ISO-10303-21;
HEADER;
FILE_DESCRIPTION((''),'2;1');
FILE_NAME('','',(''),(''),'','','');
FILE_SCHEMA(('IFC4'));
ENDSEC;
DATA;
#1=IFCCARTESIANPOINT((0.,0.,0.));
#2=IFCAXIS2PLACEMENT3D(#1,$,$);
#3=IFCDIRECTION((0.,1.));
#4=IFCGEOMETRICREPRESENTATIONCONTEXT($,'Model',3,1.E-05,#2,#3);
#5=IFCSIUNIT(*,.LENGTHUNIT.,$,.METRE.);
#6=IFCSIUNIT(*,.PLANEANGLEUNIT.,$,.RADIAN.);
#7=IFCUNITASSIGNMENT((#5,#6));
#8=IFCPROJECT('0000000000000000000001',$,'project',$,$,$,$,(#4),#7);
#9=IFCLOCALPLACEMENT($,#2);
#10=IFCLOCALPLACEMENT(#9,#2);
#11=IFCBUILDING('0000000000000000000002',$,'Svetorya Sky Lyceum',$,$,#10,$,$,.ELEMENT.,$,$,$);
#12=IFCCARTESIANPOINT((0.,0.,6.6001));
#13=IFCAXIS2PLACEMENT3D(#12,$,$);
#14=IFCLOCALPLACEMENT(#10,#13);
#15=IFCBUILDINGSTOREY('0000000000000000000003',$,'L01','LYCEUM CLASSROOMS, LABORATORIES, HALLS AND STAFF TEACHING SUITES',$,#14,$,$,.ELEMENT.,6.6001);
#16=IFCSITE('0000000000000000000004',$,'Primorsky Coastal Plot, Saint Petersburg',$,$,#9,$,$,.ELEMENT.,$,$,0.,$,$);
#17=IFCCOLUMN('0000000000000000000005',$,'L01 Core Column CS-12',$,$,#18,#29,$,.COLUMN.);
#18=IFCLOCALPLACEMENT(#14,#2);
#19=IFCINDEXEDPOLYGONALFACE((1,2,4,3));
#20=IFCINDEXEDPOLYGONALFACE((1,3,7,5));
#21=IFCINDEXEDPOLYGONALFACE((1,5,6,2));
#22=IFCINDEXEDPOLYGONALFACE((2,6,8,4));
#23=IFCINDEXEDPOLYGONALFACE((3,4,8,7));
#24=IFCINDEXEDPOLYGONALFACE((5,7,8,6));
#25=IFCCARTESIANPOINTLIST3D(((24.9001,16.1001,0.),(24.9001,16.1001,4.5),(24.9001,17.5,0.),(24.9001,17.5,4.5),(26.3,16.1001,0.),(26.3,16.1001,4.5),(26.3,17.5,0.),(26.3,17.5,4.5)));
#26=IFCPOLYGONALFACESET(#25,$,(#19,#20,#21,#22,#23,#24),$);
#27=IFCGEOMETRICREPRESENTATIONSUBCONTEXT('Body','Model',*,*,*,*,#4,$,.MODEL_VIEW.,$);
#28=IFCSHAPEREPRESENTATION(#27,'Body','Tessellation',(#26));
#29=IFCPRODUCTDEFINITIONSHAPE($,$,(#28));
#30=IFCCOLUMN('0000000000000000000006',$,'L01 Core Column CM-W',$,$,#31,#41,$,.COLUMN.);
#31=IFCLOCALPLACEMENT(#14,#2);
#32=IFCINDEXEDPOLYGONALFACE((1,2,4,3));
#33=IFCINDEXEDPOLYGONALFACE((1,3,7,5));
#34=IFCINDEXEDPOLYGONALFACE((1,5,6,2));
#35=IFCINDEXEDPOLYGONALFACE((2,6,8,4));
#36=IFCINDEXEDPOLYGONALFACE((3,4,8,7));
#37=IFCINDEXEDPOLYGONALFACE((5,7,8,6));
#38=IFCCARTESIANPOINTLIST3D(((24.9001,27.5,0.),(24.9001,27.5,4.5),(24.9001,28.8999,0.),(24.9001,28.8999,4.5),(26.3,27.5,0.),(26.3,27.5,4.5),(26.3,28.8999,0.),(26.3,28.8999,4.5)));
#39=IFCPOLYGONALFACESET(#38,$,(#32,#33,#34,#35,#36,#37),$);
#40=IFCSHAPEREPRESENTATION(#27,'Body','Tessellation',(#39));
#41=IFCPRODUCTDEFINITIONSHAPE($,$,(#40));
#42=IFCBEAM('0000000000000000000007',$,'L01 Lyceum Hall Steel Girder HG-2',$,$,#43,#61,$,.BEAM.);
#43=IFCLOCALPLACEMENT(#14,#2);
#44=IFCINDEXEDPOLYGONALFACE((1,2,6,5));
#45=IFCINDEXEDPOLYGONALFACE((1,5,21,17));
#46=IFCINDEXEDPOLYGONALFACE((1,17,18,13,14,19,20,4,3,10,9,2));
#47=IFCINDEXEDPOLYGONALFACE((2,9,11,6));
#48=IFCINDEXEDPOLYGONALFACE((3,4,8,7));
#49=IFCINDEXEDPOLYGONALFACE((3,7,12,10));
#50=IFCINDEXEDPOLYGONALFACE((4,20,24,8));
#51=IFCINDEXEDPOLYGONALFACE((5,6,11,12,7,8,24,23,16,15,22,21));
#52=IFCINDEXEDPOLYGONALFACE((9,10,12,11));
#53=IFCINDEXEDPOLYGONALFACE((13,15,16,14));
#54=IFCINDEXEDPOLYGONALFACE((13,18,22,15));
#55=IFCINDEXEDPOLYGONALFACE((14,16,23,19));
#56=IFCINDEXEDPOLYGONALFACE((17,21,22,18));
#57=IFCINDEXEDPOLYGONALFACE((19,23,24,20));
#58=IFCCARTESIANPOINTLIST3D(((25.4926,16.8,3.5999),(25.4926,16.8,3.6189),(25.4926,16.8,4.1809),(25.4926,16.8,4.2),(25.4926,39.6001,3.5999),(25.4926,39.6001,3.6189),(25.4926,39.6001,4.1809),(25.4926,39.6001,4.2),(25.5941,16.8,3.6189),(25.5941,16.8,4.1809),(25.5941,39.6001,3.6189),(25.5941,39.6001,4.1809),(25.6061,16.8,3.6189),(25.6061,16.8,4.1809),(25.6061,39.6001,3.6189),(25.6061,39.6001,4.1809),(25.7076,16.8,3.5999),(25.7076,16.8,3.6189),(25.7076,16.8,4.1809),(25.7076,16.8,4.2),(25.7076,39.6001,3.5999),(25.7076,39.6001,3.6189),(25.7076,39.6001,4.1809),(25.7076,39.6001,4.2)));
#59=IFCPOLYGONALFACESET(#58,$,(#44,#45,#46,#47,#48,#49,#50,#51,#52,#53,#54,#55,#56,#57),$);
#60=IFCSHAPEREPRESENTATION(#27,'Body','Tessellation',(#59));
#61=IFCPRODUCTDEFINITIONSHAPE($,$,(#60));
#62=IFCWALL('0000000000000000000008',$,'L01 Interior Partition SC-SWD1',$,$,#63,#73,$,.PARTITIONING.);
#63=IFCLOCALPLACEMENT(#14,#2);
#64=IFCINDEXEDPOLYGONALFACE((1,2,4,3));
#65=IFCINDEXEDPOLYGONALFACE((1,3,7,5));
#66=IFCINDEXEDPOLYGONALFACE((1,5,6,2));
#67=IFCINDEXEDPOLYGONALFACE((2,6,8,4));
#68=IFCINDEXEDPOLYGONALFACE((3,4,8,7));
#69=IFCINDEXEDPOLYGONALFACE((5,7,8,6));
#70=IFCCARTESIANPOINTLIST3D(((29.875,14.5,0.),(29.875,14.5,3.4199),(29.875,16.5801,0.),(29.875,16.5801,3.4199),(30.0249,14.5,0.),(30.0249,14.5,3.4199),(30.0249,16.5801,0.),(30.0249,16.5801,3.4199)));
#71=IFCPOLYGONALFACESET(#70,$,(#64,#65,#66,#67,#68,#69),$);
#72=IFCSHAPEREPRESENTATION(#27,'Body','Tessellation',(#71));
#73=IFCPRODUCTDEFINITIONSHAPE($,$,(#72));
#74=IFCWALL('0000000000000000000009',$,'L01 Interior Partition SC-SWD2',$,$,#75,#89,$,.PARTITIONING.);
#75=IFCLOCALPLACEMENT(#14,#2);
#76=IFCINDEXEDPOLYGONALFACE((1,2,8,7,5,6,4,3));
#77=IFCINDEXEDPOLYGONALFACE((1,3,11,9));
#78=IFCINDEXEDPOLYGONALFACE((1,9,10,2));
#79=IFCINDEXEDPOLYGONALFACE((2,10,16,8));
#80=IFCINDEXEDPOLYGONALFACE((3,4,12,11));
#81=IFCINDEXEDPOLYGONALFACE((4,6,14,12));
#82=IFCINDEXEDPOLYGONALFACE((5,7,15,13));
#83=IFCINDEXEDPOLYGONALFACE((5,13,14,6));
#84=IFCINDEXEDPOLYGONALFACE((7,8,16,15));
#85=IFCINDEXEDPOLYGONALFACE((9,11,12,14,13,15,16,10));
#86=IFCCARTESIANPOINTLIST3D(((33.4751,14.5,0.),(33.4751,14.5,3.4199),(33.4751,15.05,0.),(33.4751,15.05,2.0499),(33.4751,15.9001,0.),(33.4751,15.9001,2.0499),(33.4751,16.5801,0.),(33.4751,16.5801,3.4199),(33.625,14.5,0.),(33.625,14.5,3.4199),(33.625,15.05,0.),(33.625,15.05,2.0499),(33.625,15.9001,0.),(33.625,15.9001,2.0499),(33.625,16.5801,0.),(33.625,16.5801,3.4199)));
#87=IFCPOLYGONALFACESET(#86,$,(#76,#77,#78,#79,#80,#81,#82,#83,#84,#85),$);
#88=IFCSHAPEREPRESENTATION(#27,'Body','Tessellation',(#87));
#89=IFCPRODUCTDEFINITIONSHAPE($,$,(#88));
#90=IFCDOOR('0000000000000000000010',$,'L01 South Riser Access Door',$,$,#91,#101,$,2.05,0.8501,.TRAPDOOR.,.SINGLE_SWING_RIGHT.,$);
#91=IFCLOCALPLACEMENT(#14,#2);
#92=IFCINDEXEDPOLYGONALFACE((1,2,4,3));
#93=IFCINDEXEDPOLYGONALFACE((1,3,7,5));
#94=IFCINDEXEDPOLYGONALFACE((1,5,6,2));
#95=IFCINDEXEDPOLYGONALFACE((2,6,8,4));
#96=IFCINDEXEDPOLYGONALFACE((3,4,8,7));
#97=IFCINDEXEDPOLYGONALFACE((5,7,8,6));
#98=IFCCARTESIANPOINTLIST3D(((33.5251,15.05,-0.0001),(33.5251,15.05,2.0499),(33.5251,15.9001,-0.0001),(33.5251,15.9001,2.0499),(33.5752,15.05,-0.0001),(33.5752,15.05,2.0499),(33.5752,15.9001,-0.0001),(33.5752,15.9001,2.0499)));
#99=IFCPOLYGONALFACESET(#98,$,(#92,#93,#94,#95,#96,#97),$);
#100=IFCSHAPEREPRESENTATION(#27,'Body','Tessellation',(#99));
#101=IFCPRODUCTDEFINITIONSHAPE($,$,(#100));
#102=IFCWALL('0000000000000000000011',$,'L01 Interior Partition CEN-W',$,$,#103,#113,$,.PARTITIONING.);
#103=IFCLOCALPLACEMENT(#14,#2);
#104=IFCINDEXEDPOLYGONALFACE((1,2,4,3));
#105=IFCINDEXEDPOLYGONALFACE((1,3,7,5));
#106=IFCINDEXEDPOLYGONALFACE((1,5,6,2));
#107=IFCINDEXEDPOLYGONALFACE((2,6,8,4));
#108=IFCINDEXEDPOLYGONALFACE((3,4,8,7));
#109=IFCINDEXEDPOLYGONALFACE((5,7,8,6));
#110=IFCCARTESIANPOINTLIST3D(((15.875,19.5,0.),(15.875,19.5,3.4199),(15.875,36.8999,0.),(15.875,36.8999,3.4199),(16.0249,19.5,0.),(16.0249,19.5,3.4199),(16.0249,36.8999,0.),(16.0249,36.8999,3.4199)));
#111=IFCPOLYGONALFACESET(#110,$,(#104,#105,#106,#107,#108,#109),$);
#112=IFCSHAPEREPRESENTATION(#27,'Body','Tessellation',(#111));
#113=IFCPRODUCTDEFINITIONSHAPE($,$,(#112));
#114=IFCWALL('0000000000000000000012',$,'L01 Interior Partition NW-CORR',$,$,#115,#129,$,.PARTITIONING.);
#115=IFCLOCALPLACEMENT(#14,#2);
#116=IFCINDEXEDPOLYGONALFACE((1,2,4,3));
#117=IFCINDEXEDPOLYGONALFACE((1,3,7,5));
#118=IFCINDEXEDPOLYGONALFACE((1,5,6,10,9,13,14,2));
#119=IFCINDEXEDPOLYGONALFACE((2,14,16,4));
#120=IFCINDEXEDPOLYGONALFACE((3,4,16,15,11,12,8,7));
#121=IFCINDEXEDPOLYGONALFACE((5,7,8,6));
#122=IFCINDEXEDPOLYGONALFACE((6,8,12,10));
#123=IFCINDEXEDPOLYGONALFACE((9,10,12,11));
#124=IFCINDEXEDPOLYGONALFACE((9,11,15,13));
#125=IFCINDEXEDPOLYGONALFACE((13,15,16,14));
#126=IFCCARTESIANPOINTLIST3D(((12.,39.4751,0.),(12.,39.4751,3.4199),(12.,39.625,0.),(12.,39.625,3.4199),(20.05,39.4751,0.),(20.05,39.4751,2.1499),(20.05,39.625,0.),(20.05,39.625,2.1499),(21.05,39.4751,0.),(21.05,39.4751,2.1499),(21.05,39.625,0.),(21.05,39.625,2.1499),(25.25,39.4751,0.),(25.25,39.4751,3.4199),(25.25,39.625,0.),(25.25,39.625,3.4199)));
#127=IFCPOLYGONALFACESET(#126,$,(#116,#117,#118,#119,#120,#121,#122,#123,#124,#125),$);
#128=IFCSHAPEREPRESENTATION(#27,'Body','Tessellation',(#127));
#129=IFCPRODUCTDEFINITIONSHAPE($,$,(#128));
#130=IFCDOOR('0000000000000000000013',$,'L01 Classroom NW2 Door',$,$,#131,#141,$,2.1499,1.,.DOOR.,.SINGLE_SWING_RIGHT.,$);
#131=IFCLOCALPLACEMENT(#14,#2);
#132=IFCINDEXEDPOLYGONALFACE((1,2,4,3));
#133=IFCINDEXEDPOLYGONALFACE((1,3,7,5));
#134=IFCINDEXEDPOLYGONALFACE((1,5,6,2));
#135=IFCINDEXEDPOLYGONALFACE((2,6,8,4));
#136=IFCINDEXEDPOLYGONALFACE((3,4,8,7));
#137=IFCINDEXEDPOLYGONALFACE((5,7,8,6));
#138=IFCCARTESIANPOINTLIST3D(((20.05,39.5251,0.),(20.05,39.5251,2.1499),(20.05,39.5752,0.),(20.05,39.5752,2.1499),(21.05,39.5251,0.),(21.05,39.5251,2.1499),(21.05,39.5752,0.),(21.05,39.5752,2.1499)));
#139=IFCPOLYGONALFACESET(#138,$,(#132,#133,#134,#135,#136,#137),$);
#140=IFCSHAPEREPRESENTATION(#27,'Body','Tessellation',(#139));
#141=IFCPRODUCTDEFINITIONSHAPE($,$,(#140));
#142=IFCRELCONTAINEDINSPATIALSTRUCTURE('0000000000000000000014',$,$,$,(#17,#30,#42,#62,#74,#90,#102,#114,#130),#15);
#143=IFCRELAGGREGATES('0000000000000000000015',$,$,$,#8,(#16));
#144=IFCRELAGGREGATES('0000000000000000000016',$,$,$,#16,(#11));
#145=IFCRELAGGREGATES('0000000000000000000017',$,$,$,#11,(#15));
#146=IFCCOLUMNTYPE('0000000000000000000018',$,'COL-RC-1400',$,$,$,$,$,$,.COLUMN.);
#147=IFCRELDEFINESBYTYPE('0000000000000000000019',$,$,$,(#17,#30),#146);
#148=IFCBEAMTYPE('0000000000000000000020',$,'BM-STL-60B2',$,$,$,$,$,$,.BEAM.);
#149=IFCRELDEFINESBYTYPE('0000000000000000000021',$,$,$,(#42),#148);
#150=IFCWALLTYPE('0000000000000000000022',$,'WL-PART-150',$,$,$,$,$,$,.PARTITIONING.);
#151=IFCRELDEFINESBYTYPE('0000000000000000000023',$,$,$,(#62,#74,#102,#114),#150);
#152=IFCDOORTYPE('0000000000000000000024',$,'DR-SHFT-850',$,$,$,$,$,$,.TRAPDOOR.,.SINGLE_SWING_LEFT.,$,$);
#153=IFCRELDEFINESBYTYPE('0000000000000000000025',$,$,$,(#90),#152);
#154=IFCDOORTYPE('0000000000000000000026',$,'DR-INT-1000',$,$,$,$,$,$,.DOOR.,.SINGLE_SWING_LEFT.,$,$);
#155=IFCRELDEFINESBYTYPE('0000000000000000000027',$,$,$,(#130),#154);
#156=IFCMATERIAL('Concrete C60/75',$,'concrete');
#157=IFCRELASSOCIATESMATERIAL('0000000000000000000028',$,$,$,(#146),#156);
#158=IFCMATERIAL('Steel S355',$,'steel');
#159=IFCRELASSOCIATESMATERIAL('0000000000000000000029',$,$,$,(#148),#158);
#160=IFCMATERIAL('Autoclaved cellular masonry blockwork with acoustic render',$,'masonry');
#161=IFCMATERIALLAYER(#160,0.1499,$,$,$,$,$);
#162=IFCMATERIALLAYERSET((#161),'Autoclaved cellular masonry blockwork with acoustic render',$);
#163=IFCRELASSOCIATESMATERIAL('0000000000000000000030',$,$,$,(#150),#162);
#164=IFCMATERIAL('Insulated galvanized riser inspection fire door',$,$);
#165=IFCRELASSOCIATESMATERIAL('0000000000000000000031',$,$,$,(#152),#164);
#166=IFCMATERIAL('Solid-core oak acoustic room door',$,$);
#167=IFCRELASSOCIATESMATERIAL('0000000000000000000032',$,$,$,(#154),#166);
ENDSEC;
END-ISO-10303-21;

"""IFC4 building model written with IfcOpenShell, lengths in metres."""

from ifc_helpers import new_model, si_unit, direction, frame, frame_2d, origin, origin_2d, place, context, subcontext, project, spatial, rectangle, i_section, extrude, material, layer, layer_set, material_profile, profile_set, type_object, element, fill, save


model = new_model("IFC4")

# Units and contexts
model_context = context("Model", 3, precision=1e-05, world=origin(), true_north=direction((0.0, 1.0)))
body_context = subcontext(model_context, "Body", "Model", "MODEL_VIEW")
ifc_project = project(units=[si_unit("LENGTHUNIT", "METRE"), si_unit("PLANEANGLEUNIT", "RADIAN")], contexts=[model_context])

# Site, building, storey
site_placement = place(None, origin())
site = spatial("IfcSite", under=ifc_project, at=site_placement, Name="Primorsky Coastal Plot, Saint Petersburg", CompositionType="ELEMENT", RefElevation=0.0)
building_placement = place(site_placement, origin())
building = spatial("IfcBuilding", under=site, at=building_placement, Name="Svetorya Sky Lyceum", CompositionType="ELEMENT")
storey_placement = place(building_placement, frame((0.0, 0.0, 6.6001)))
storey = spatial("IfcBuildingStorey", under=building, at=storey_placement, Name="L01", Description="LYCEUM CLASSROOMS, LABORATORIES, HALLS AND STAFF TEACHING SUITES", CompositionType="ELEMENT", Elevation=6.6001)

# Columns
ifc_material_1 = material(Name="Concrete C60/75", Category="concrete")
ifc_material_profile_1 = material_profile(ifc_material_1, rectangle(XDim=1.3999, YDim=1.3999, at=origin_2d()), Name="RC COL 1400x1400")
ifc_profile_set_1 = profile_set([ifc_material_profile_1], Name="Concrete C60/75")
column_type = type_object("IfcColumnType", Name="COL-RC-1400", PredefinedType="COLUMN", material=ifc_profile_set_1)
for number, where, z_axis, x_axis, name in (
    (1, (25.6001, 16.8, 0.0), (0.0, 0.0, 1.0), (1.0, 0.0, 0.0), "L01 Core Column CS-12"),
    (2, (25.6001, 28.2, 0.0), (0.0, 0.0, 1.0), (1.0, 0.0, 0.0), "L01 Core Column CM-W"),
):
    element("IfcColumn", number, at=place(storey_placement, frame(where, z_axis=z_axis, x_axis=x_axis)), inside=storey, type_object=column_type, Name=name, PredefinedType="COLUMN", context=body_context, shape_type="SweptSolid", body=[
        extrude(rectangle(XDim=1.3999, YDim=1.3999, at=origin_2d()), origin(), (0.0, 0.0, 1.0), 4.5),
    ])

# Beam
ifc_material_2 = material(Name="Steel S355", Category="steel")
ifc_material_profile_2 = material_profile(ifc_material_2, i_section(OverallWidth=0.2151, OverallDepth=0.6001, WebThickness=0.012, FlangeThickness=0.019, at=origin_2d()), Name="GOST 60B2")
ifc_profile_set_2 = profile_set([ifc_material_profile_2], Name="Steel S355")
beam_type = type_object("IfcBeamType", Name="BM-STL-60B2", PredefinedType="BEAM", material=ifc_profile_set_2)
beam_placement = place(storey_placement, frame((25.6001, 16.8, 3.8999), z_axis=(0.0, 1.0, 0.0), x_axis=(-1.0, 0.0, 0.0)))
element("IfcBeam", 3, at=beam_placement, inside=storey, type_object=beam_type, Name="L01 Lyceum Hall Steel Girder HG-2", PredefinedType="BEAM", context=body_context, shape_type="SweptSolid", body=[
    extrude(i_section(OverallWidth=0.2151, OverallDepth=0.6001, WebThickness=0.012, FlangeThickness=0.019, at=origin_2d()), origin(), (0.0, 0.0, 1.0), 22.8),
])

# Wall
ifc_material_3 = material(Name="Autoclaved cellular masonry blockwork with acoustic render", Category="masonry")
ifc_layer_1 = layer(ifc_material_3, 0.1499)
ifc_layer_set_1 = layer_set([ifc_layer_1], Name="Autoclaved cellular masonry blockwork with acoustic render")
wall_type_1 = type_object("IfcWallType", Name="WL-PART-150", PredefinedType="PARTITIONING", material=ifc_layer_set_1)
wall_1_placement = place(storey_placement, frame((29.95, 14.5, 0.0), z_axis=(0.0, 0.0, 1.0), x_axis=(0.0, 1.0, 0.0)))
element("IfcWall", 4, at=wall_1_placement, inside=storey, type_object=wall_type_1, Name="L01 Interior Partition SC-SWD1", PredefinedType="PARTITIONING", context=body_context, shape_type="SweptSolid", body=[
    extrude(rectangle(XDim=2.0801, YDim=0.1499, at=frame_2d((1.04, 0.0))), origin(), (0.0, 0.0, 1.0), 3.4199),
])

# Wall, opening, door
wall_2_placement = place(storey_placement, frame((33.55, 14.5, 0.0), z_axis=(0.0, 0.0, 1.0), x_axis=(0.0, 1.0, 0.0)))
wall_2 = element("IfcWall", 5, at=wall_2_placement, inside=storey, type_object=wall_type_1, Name="L01 Interior Partition SC-SWD2", PredefinedType="PARTITIONING", context=body_context, shape_type="SweptSolid", body=[
    extrude(rectangle(XDim=2.0801, YDim=0.1499, at=frame_2d((1.04, 0.0))), origin(), (0.0, 0.0, 1.0), 3.4199),
])
opening_1_placement = place(wall_2_placement, frame((0.55, 0.0, 0.0)))
opening_1 = element("IfcOpeningElement", 6, at=opening_1_placement, cuts=wall_2, PredefinedType="OPENING", context=body_context, shape_type="SweptSolid", body=[
    extrude(rectangle(XDim=0.8501, YDim=2.05, at=frame_2d((0.425, 1.0249))), frame((0.0, 0.085, 0.0), z_axis=(0.0, -1.0, 0.0), x_axis=(1.0, 0.0, 0.0)), (0.0, 0.0, 1.0), 0.1699),
])
ifc_material_4 = material(Name="Insulated galvanized riser inspection fire door")
door_type_1 = type_object("IfcDoorType", Name="DR-SHFT-850", OperationType="SINGLE_SWING_LEFT", PredefinedType="TRAPDOOR", material=ifc_material_4)
door_1_placement = place(opening_1_placement, origin())
door_1 = element("IfcDoor", 7, at=door_1_placement, inside=storey, type_object=door_type_1, Name="L01 South Riser Access Door", OperationType="SINGLE_SWING_RIGHT", OverallHeight=2.05, OverallWidth=0.8501, PredefinedType="TRAPDOOR", context=body_context, shape_type="SweptSolid", body=[
    extrude(rectangle(XDim=0.8501, YDim=2.05, at=frame_2d((0.425, 1.0249))), frame((0.0, 0.0249, 0.0), z_axis=(0.0, -1.0, 0.0), x_axis=(1.0, 0.0, 0.0)), (0.0, 0.0, 1.0), 0.05),
])
fill(opening_1, door_1)

# Wall
wall_3_placement = place(storey_placement, frame((15.95, 19.5, 0.0), z_axis=(0.0, 0.0, 1.0), x_axis=(0.0, 1.0, 0.0)))
element("IfcWall", 8, at=wall_3_placement, inside=storey, type_object=wall_type_1, Name="L01 Interior Partition CEN-W", PredefinedType="PARTITIONING", context=body_context, shape_type="SweptSolid", body=[
    extrude(rectangle(XDim=17.3999, YDim=0.1499, at=frame_2d((8.7, 0.0))), origin(), (0.0, 0.0, 1.0), 3.4199),
])

# Wall, opening, door
wall_4_placement = place(storey_placement, frame((25.25, 39.55, 0.0), z_axis=(0.0, 0.0, 1.0), x_axis=(-1.0, 0.0, 0.0)))
wall_4 = element("IfcWall", 9, at=wall_4_placement, inside=storey, type_object=wall_type_1, Name="L01 Interior Partition NW-CORR", PredefinedType="PARTITIONING", context=body_context, shape_type="SweptSolid", body=[
    extrude(rectangle(XDim=13.25, YDim=0.1499, at=frame_2d((6.625, 0.0))), origin(), (0.0, 0.0, 1.0), 3.4199),
])
opening_2_placement = place(wall_4_placement, frame((4.2, 0.0, 0.0)))
opening_2 = element("IfcOpeningElement", 10, at=opening_2_placement, cuts=wall_4, PredefinedType="OPENING", context=body_context, shape_type="SweptSolid", body=[
    extrude(rectangle(XDim=1.0, YDim=2.1499, at=frame_2d((0.5, 1.075))), frame((0.0, 0.085, 0.0), z_axis=(0.0, -1.0, 0.0), x_axis=(1.0, 0.0, 0.0)), (0.0, 0.0, 1.0), 0.1699),
])
ifc_material_5 = material(Name="Solid-core oak acoustic room door")
door_type_2 = type_object("IfcDoorType", Name="DR-INT-1000", OperationType="SINGLE_SWING_LEFT", PredefinedType="DOOR", material=ifc_material_5)
door_2_placement = place(opening_2_placement, origin())
door_2 = element("IfcDoor", 11, at=door_2_placement, inside=storey, type_object=door_type_2, Name="L01 Classroom NW2 Door", OperationType="SINGLE_SWING_RIGHT", OverallHeight=2.1499, OverallWidth=1.0, PredefinedType="DOOR", context=body_context, shape_type="SweptSolid", body=[
    extrude(rectangle(XDim=1.0, YDim=2.1499, at=frame_2d((0.5, 1.075))), frame((0.0, 0.0249, 0.0), z_axis=(0.0, -1.0, 0.0), x_axis=(1.0, 0.0, 0.0)), (0.0, 0.0, 1.0), 0.05),
])
fill(opening_2, door_2)

save(model, "model.ifc")
